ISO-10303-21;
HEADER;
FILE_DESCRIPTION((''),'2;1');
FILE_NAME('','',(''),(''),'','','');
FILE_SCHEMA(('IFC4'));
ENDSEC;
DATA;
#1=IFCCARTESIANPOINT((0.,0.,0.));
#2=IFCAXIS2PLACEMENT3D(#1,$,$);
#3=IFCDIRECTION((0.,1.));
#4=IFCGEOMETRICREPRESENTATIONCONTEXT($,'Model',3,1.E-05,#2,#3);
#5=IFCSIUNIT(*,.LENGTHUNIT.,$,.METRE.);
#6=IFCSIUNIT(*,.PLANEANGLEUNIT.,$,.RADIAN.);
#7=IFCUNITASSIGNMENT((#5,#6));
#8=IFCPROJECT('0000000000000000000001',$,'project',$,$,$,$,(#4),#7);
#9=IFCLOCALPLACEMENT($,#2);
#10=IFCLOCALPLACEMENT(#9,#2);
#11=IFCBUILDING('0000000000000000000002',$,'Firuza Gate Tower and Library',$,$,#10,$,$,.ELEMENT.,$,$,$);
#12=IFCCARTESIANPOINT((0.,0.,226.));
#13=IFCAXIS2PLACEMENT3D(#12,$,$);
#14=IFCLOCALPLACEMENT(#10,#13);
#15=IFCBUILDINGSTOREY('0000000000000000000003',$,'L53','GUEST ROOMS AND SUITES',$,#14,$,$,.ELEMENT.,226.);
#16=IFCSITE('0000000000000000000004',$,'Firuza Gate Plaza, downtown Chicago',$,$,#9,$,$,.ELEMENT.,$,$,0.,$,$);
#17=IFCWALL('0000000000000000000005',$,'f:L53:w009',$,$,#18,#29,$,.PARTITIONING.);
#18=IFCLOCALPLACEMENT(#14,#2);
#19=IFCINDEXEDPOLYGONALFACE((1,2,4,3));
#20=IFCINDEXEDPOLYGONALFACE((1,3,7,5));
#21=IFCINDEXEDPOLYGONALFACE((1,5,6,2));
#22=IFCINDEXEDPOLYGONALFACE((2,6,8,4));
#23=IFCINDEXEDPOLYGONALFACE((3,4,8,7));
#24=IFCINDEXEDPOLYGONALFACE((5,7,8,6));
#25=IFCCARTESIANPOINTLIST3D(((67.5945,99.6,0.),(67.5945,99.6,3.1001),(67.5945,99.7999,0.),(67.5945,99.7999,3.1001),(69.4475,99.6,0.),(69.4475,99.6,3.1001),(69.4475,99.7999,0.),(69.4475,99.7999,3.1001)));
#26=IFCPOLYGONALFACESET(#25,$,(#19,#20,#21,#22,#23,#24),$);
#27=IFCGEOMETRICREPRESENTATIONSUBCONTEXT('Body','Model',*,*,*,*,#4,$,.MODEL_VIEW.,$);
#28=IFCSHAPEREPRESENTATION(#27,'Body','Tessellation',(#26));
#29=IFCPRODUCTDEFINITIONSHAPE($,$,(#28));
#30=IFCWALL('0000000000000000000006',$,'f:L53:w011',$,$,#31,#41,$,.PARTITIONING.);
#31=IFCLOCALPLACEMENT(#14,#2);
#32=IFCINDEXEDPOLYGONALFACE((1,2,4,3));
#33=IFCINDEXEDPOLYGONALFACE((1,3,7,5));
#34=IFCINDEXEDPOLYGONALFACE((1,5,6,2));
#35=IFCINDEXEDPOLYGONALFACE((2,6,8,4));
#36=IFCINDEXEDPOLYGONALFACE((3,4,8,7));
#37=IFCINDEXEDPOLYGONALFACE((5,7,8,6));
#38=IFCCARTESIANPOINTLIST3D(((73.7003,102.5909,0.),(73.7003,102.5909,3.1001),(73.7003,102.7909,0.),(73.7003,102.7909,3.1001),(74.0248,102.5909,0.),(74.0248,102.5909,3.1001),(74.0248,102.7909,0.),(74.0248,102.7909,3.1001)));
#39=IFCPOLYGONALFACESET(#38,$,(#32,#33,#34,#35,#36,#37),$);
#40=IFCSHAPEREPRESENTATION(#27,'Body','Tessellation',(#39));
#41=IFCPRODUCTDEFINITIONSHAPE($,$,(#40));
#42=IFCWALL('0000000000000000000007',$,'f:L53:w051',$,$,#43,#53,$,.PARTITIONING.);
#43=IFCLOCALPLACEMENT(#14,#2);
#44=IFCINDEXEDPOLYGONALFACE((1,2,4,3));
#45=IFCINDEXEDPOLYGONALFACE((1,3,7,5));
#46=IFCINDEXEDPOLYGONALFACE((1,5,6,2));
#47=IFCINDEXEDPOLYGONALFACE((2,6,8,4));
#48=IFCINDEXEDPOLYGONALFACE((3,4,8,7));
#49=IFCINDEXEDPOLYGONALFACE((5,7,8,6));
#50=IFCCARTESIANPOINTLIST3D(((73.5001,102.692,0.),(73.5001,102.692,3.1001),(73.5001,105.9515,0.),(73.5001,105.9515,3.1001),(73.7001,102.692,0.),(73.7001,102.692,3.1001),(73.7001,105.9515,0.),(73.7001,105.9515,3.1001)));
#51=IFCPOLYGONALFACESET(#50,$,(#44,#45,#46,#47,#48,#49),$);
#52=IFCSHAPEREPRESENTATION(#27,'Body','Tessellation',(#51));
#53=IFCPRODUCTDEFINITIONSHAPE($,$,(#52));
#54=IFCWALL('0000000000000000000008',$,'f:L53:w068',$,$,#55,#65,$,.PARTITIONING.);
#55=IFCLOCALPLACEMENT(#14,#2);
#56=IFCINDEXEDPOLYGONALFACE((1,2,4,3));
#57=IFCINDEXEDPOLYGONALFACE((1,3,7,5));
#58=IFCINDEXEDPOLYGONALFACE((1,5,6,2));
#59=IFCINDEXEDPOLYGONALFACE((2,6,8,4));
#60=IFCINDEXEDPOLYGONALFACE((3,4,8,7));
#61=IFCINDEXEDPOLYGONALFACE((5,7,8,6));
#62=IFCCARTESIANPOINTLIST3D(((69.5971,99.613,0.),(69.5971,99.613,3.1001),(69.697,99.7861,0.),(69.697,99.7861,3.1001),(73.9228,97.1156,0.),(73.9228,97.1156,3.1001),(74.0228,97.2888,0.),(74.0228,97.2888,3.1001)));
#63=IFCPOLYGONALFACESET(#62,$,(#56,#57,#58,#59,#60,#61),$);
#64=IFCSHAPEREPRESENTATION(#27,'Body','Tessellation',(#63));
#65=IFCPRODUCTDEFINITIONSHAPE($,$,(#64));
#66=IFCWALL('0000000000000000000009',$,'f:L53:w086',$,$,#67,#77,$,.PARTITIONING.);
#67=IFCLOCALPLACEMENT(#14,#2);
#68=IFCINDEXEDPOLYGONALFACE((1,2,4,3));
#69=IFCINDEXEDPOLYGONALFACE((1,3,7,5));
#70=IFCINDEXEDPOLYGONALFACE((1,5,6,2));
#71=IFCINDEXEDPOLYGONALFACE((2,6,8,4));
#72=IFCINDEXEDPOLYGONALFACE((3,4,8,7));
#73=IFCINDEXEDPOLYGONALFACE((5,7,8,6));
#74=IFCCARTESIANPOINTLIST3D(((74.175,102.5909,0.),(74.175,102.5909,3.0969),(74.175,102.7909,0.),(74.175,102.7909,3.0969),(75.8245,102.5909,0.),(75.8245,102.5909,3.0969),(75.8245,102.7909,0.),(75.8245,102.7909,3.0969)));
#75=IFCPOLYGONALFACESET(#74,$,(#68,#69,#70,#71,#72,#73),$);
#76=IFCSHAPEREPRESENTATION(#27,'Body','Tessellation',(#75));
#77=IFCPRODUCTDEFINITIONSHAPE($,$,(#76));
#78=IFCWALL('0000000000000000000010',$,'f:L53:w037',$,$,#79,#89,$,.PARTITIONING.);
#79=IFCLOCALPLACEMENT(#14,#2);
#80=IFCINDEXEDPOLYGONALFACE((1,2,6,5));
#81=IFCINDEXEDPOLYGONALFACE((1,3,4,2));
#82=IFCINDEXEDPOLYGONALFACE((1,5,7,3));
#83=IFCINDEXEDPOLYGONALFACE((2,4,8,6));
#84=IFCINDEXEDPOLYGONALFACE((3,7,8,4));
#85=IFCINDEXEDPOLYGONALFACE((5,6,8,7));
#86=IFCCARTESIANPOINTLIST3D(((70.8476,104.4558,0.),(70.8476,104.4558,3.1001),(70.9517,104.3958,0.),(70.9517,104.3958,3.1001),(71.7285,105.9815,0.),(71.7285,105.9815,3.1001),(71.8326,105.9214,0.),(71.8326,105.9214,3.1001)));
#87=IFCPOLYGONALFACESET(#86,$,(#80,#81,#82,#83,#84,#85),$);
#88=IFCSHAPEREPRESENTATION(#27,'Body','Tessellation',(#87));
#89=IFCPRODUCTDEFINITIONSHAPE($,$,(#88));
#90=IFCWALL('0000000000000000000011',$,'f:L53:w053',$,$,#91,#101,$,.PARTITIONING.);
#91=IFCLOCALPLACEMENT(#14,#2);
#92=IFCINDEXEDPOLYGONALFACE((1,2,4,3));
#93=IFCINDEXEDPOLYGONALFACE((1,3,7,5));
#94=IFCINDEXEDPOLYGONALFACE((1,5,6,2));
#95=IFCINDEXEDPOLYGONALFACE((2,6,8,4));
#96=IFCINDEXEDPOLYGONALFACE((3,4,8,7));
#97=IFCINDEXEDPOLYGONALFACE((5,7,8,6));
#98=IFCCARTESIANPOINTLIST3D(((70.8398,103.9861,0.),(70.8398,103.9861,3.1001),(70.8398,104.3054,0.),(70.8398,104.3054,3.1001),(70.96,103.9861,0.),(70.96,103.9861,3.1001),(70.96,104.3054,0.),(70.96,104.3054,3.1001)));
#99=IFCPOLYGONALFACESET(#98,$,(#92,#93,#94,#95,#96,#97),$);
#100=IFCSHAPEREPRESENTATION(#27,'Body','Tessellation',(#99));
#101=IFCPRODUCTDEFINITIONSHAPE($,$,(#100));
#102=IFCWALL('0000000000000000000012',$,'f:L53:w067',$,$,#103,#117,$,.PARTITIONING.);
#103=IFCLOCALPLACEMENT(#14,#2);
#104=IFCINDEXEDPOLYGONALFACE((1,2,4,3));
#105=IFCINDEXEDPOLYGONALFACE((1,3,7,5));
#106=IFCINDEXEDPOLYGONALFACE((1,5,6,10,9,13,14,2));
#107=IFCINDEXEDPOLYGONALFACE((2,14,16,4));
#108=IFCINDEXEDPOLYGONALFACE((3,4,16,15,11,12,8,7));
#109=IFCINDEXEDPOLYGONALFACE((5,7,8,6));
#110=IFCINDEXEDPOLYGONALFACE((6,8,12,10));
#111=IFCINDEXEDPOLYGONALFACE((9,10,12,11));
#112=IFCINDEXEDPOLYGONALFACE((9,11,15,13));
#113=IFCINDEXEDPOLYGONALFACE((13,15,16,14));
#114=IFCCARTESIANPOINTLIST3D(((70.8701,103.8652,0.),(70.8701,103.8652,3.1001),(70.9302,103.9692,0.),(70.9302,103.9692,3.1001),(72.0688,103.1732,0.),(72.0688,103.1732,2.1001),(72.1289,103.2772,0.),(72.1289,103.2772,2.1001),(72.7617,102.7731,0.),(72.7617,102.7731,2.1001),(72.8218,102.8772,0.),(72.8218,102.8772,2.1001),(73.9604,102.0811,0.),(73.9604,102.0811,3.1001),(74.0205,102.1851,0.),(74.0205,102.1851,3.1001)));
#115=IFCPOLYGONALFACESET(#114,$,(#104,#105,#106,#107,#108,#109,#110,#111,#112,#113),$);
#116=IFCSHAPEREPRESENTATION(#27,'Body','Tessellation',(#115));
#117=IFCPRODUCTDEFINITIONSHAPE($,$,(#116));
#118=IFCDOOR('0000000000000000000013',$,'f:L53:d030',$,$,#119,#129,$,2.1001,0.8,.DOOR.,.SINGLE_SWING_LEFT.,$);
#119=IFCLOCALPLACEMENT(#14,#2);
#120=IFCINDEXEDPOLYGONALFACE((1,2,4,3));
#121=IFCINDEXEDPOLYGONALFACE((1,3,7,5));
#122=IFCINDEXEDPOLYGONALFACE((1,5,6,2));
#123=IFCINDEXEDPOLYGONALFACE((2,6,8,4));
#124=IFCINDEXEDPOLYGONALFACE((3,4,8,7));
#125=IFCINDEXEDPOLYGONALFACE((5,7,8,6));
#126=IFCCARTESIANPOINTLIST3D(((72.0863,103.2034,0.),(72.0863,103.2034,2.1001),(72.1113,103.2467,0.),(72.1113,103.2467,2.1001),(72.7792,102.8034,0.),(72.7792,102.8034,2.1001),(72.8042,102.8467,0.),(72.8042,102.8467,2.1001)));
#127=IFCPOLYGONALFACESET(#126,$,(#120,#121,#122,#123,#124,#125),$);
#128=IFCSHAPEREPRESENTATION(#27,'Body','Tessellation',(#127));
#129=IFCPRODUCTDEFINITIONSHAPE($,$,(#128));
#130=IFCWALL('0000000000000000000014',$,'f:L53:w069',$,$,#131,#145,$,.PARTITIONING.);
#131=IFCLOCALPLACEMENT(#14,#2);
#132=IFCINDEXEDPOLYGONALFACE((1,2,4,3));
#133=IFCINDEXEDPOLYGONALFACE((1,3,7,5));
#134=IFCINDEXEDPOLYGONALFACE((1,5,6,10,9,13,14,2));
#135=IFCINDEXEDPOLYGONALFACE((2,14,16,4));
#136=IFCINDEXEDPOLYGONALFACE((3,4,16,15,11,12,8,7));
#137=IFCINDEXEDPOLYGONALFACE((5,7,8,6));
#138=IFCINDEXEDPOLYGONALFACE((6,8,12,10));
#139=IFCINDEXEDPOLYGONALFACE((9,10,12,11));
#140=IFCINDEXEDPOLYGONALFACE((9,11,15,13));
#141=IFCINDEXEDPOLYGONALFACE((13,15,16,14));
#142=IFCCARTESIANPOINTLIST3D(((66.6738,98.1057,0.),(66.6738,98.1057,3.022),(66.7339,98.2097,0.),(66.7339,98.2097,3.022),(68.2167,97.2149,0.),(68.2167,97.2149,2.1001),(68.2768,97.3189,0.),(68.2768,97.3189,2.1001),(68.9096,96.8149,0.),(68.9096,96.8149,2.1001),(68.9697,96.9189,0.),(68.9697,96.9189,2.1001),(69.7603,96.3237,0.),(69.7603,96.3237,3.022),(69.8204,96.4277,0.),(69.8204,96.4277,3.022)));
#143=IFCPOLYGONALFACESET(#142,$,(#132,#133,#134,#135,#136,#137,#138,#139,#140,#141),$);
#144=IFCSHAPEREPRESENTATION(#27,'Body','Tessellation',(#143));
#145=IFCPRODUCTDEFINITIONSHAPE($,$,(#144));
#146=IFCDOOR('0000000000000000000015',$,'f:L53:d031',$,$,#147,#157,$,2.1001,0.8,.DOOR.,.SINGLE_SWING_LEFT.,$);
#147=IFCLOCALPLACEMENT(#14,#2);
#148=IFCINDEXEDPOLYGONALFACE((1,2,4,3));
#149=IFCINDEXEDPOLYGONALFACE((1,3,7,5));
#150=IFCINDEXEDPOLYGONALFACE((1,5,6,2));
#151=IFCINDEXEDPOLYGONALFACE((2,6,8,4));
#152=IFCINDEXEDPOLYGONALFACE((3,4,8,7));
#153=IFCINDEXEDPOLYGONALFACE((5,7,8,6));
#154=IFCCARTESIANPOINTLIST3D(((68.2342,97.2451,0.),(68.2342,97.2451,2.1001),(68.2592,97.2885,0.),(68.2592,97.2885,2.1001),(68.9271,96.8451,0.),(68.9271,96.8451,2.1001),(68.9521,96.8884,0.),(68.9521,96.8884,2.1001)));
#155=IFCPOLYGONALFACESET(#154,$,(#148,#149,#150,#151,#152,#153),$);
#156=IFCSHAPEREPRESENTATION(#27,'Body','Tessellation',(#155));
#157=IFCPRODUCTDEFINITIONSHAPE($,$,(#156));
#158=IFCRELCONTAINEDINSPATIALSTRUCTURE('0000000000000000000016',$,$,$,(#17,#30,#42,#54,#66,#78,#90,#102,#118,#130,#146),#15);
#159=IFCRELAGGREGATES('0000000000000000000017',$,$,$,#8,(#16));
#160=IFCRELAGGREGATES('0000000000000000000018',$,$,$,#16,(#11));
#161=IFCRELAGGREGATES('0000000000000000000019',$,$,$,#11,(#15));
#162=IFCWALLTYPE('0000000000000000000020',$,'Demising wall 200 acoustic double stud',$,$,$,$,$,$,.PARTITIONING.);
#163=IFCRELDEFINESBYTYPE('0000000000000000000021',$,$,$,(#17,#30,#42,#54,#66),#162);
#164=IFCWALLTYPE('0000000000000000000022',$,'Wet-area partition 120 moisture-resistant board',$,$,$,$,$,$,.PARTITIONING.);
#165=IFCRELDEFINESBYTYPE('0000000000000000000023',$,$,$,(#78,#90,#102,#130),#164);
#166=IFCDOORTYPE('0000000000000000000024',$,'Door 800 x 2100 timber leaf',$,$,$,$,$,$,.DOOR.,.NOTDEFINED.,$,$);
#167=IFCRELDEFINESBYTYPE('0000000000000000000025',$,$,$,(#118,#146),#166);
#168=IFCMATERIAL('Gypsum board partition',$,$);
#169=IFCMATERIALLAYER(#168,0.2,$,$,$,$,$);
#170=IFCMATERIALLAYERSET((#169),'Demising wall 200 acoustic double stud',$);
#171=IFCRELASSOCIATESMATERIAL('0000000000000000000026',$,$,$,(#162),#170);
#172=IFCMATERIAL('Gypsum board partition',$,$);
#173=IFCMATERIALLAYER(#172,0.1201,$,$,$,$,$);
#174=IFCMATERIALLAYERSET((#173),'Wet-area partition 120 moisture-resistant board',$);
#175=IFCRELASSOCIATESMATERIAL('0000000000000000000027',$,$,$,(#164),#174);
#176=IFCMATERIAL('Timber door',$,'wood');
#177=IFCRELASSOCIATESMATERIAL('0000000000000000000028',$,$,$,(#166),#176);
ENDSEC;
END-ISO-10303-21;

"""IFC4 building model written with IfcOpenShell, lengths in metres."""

from ifc_helpers import new_model, si_unit, direction, frame, frame_2d, origin, place, context, subcontext, project, spatial, rectangle, extrude, material, layer, layer_set, type_object, element, fill, save


model = new_model("IFC4")

# Units and contexts
model_context = context("Model", 3, precision=1e-05, world=origin(), true_north=direction((0.0, 1.0)))
body_context = subcontext(model_context, "Body", "Model", "MODEL_VIEW")
ifc_project = project(units=[si_unit("LENGTHUNIT", "METRE"), si_unit("PLANEANGLEUNIT", "RADIAN")], contexts=[model_context])

# Site, building, storey
site_placement = place(None, origin())
site = spatial("IfcSite", under=ifc_project, at=site_placement, Name="Firuza Gate Plaza, downtown Chicago", CompositionType="ELEMENT", RefElevation=0.0)
building_placement = place(site_placement, origin())
building = spatial("IfcBuilding", under=site, at=building_placement, Name="Firuza Gate Tower and Library", CompositionType="ELEMENT")
storey_placement = place(building_placement, frame((0.0, 0.0, 226.0)))
storey = spatial("IfcBuildingStorey", under=building, at=storey_placement, Name="L53", Description="GUEST ROOMS AND SUITES", CompositionType="ELEMENT", Elevation=226.0)

# Walls
ifc_material_1 = material(Name="Gypsum board partition")
ifc_layer_1 = layer(ifc_material_1, 0.2)
ifc_layer_set_1 = layer_set([ifc_layer_1], Name="Demising wall 200 acoustic double stud")
wall_type_1 = type_object("IfcWallType", Name="Demising wall 200 acoustic double stud", PredefinedType="PARTITIONING", material=ifc_layer_set_1)
wall_1_placement = place(storey_placement, frame((67.5945, 99.7, 0.0), z_axis=(0.0, 0.0, 1.0), x_axis=(1.0, 0.0, 0.0)))
element("IfcWall", 1, at=wall_1_placement, inside=storey, type_object=wall_type_1, Name="f:L53:w009", PredefinedType="PARTITIONING", context=body_context, shape_type="SweptSolid", body=[
    extrude(rectangle(XDim=1.853, YDim=0.2, at=frame_2d((0.9265, 0.0))), origin(), (0.0, 0.0, 1.0), 3.1001),
])
wall_2_placement = place(storey_placement, frame((73.7004, 102.6909, 0.0), z_axis=(0.0, 0.0, 1.0), x_axis=(1.0, 0.0, 0.0)))
element("IfcWall", 2, at=wall_2_placement, inside=storey, type_object=wall_type_1, Name="f:L53:w011", PredefinedType="PARTITIONING", context=body_context, shape_type="SweptSolid", body=[
    extrude(rectangle(XDim=0.3245, YDim=0.2, at=frame_2d((0.1621, 0.0))), origin(), (0.0, 0.0, 1.0), 3.1001),
])
wall_3_placement = place(storey_placement, frame((73.6001, 102.6919, 0.0), z_axis=(0.0, 0.0, 1.0), x_axis=(0.0, 1.0, 0.0)))
element("IfcWall", 3, at=wall_3_placement, inside=storey, type_object=wall_type_1, Name="f:L53:w051", PredefinedType="PARTITIONING", context=body_context, shape_type="SweptSolid", body=[
    extrude(rectangle(XDim=3.2595, YDim=0.2, at=frame_2d((1.6299, 0.0))), origin(), (0.0, 0.0, 1.0), 3.1001),
])
wall_4_placement = place(storey_placement, frame((73.9729, 97.2021, 0.0), z_axis=(0.0, 0.0, 1.0), x_axis=(-0.866036, 0.499982, 0.0)))
element("IfcWall", 4, at=wall_4_placement, inside=storey, type_object=wall_type_1, Name="f:L53:w068", PredefinedType="PARTITIONING", context=body_context, shape_type="SweptSolid", body=[
    extrude(rectangle(XDim=4.9949, YDim=0.2, at=frame_2d((2.4976, 0.0))), origin(), (0.0, 0.0, 1.0), 3.1001),
])
wall_5_placement = place(storey_placement, frame((74.175, 102.6909, 0.0), z_axis=(0.0, 0.0, 1.0), x_axis=(1.0, 0.0, 0.0)))
element("IfcWall", 5, at=wall_5_placement, inside=storey, type_object=wall_type_1, Name="f:L53:w086", PredefinedType="PARTITIONING", context=body_context, shape_type="SweptSolid", body=[
    extrude(rectangle(XDim=1.6494, YDim=0.2, at=frame_2d((0.8247, 0.0))), origin(), (0.0, 0.0, 1.0), 3.0969),
])
ifc_material_2 = material(Name="Gypsum board partition")
ifc_layer_2 = layer(ifc_material_2, 0.1201)
ifc_layer_set_2 = layer_set([ifc_layer_2], Name="Wet-area partition 120 moisture-resistant board")
wall_type_2 = type_object("IfcWallType", Name="Wet-area partition 120 moisture-resistant board", PredefinedType="PARTITIONING", material=ifc_layer_set_2)
wall_6_placement = place(storey_placement, frame((70.8997, 104.4258, 0.0), z_axis=(0.0, 0.0, 1.0), x_axis=(0.500014, 0.866017, 0.0)))
element("IfcWall", 6, at=wall_6_placement, inside=storey, type_object=wall_type_2, Name="f:L53:w037", PredefinedType="PARTITIONING", context=body_context, shape_type="SweptSolid", body=[
    extrude(rectangle(XDim=1.7617, YDim=0.1201, at=frame_2d((0.8809, 0.0))), origin(), (0.0, 0.0, 1.0), 3.1001),
])
wall_7_placement = place(storey_placement, frame((70.8999, 103.9861, 0.0), z_axis=(0.0, 0.0, 1.0), x_axis=(0.0, 1.0, 0.0)))
element("IfcWall", 7, at=wall_7_placement, inside=storey, type_object=wall_type_2, Name="f:L53:w053", PredefinedType="PARTITIONING", context=body_context, shape_type="SweptSolid", body=[
    extrude(rectangle(XDim=0.3193, YDim=0.1201, at=frame_2d((0.1597, 0.0))), origin(), (0.0, 0.0, 1.0), 3.1001),
])

# Walls, openings, doors
wall_8_placement = place(storey_placement, frame((70.9001, 103.9172, 0.0), z_axis=(0.0, 0.0, 1.0), x_axis=(0.866028, -0.499995, 0.0)))
wall_8 = element("IfcWall", 8, at=wall_8_placement, inside=storey, type_object=wall_type_2, Name="f:L53:w067", PredefinedType="PARTITIONING", context=body_context, shape_type="SweptSolid", body=[
    extrude(rectangle(XDim=3.5684, YDim=0.1201, at=frame_2d((1.7842, 0.0))), origin(), (0.0, 0.0, 1.0), 3.1001),
])
opening_1_placement = place(wall_8_placement, frame((1.3843, 0.0, 0.0)))
opening_1 = element("IfcOpeningElement", 9, at=opening_1_placement, cuts=wall_8, PredefinedType="OPENING", context=body_context, shape_type="SweptSolid", body=[
    extrude(rectangle(XDim=0.8, YDim=2.1001, at=frame_2d((0.3999, 1.05))), frame((0.0, 0.0701, 0.0), z_axis=(0.0, -1.0, 0.0), x_axis=(1.0, 0.0, 0.0)), (0.0, 0.0, 1.0), 0.1401),
])
ifc_material_3 = material(Name="Timber door", Category="wood")
door_type_1 = type_object("IfcDoorType", Name="Door 800 x 2100 timber leaf", OperationType="NOTDEFINED", PredefinedType="DOOR", material=ifc_material_3)
door_1_placement = place(opening_1_placement, origin())
door_1 = element("IfcDoor", 10, at=door_1_placement, inside=storey, type_object=door_type_1, Name="f:L53:d030", OperationType="SINGLE_SWING_LEFT", OverallHeight=2.1001, OverallWidth=0.8, PredefinedType="DOOR", context=body_context, shape_type="SweptSolid", body=[
    extrude(rectangle(XDim=0.8, YDim=2.1001, at=frame_2d((0.3999, 1.05))), frame((0.0, 0.0249, 0.0), z_axis=(0.0, -1.0, 0.0), x_axis=(1.0, 0.0, 0.0)), (0.0, 0.0, 1.0), 0.05),
])
fill(opening_1, door_1)
wall_9_placement = place(storey_placement, frame((66.7039, 98.1577, 0.0), z_axis=(0.0, 0.0, 1.0), x_axis=(0.866021, -0.500007, 0.0)))
wall_9 = element("IfcWall", 11, at=wall_9_placement, inside=storey, type_object=wall_type_2, Name="f:L53:w069", PredefinedType="PARTITIONING", context=body_context, shape_type="SweptSolid", body=[
    extrude(rectangle(XDim=3.564, YDim=0.1201, at=frame_2d((1.782, 0.0))), origin(), (0.0, 0.0, 1.0), 3.022),
])
opening_2_placement = place(wall_9_placement, frame((1.7817, 0.0, 0.0)))
opening_2 = element("IfcOpeningElement", 12, at=opening_2_placement, cuts=wall_9, PredefinedType="OPENING", context=body_context, shape_type="SweptSolid", body=[
    extrude(rectangle(XDim=0.8, YDim=2.1001, at=frame_2d((0.3999, 1.05))), frame((0.0, 0.0701, 0.0), z_axis=(0.0, -1.0, 0.0), x_axis=(1.0, 0.0, 0.0)), (0.0, 0.0, 1.0), 0.1401),
])
door_2_placement = place(opening_2_placement, origin())
door_2 = element("IfcDoor", 13, at=door_2_placement, inside=storey, type_object=door_type_1, Name="f:L53:d031", OperationType="SINGLE_SWING_LEFT", OverallHeight=2.1001, OverallWidth=0.8, PredefinedType="DOOR", context=body_context, shape_type="SweptSolid", body=[
    extrude(rectangle(XDim=0.8, YDim=2.1001, at=frame_2d((0.3999, 1.05))), frame((0.0, 0.0249, 0.0), z_axis=(0.0, -1.0, 0.0), x_axis=(1.0, 0.0, 0.0)), (0.0, 0.0, 1.0), 0.05),
])
fill(opening_2, door_2)

save(model, "model.ifc")
